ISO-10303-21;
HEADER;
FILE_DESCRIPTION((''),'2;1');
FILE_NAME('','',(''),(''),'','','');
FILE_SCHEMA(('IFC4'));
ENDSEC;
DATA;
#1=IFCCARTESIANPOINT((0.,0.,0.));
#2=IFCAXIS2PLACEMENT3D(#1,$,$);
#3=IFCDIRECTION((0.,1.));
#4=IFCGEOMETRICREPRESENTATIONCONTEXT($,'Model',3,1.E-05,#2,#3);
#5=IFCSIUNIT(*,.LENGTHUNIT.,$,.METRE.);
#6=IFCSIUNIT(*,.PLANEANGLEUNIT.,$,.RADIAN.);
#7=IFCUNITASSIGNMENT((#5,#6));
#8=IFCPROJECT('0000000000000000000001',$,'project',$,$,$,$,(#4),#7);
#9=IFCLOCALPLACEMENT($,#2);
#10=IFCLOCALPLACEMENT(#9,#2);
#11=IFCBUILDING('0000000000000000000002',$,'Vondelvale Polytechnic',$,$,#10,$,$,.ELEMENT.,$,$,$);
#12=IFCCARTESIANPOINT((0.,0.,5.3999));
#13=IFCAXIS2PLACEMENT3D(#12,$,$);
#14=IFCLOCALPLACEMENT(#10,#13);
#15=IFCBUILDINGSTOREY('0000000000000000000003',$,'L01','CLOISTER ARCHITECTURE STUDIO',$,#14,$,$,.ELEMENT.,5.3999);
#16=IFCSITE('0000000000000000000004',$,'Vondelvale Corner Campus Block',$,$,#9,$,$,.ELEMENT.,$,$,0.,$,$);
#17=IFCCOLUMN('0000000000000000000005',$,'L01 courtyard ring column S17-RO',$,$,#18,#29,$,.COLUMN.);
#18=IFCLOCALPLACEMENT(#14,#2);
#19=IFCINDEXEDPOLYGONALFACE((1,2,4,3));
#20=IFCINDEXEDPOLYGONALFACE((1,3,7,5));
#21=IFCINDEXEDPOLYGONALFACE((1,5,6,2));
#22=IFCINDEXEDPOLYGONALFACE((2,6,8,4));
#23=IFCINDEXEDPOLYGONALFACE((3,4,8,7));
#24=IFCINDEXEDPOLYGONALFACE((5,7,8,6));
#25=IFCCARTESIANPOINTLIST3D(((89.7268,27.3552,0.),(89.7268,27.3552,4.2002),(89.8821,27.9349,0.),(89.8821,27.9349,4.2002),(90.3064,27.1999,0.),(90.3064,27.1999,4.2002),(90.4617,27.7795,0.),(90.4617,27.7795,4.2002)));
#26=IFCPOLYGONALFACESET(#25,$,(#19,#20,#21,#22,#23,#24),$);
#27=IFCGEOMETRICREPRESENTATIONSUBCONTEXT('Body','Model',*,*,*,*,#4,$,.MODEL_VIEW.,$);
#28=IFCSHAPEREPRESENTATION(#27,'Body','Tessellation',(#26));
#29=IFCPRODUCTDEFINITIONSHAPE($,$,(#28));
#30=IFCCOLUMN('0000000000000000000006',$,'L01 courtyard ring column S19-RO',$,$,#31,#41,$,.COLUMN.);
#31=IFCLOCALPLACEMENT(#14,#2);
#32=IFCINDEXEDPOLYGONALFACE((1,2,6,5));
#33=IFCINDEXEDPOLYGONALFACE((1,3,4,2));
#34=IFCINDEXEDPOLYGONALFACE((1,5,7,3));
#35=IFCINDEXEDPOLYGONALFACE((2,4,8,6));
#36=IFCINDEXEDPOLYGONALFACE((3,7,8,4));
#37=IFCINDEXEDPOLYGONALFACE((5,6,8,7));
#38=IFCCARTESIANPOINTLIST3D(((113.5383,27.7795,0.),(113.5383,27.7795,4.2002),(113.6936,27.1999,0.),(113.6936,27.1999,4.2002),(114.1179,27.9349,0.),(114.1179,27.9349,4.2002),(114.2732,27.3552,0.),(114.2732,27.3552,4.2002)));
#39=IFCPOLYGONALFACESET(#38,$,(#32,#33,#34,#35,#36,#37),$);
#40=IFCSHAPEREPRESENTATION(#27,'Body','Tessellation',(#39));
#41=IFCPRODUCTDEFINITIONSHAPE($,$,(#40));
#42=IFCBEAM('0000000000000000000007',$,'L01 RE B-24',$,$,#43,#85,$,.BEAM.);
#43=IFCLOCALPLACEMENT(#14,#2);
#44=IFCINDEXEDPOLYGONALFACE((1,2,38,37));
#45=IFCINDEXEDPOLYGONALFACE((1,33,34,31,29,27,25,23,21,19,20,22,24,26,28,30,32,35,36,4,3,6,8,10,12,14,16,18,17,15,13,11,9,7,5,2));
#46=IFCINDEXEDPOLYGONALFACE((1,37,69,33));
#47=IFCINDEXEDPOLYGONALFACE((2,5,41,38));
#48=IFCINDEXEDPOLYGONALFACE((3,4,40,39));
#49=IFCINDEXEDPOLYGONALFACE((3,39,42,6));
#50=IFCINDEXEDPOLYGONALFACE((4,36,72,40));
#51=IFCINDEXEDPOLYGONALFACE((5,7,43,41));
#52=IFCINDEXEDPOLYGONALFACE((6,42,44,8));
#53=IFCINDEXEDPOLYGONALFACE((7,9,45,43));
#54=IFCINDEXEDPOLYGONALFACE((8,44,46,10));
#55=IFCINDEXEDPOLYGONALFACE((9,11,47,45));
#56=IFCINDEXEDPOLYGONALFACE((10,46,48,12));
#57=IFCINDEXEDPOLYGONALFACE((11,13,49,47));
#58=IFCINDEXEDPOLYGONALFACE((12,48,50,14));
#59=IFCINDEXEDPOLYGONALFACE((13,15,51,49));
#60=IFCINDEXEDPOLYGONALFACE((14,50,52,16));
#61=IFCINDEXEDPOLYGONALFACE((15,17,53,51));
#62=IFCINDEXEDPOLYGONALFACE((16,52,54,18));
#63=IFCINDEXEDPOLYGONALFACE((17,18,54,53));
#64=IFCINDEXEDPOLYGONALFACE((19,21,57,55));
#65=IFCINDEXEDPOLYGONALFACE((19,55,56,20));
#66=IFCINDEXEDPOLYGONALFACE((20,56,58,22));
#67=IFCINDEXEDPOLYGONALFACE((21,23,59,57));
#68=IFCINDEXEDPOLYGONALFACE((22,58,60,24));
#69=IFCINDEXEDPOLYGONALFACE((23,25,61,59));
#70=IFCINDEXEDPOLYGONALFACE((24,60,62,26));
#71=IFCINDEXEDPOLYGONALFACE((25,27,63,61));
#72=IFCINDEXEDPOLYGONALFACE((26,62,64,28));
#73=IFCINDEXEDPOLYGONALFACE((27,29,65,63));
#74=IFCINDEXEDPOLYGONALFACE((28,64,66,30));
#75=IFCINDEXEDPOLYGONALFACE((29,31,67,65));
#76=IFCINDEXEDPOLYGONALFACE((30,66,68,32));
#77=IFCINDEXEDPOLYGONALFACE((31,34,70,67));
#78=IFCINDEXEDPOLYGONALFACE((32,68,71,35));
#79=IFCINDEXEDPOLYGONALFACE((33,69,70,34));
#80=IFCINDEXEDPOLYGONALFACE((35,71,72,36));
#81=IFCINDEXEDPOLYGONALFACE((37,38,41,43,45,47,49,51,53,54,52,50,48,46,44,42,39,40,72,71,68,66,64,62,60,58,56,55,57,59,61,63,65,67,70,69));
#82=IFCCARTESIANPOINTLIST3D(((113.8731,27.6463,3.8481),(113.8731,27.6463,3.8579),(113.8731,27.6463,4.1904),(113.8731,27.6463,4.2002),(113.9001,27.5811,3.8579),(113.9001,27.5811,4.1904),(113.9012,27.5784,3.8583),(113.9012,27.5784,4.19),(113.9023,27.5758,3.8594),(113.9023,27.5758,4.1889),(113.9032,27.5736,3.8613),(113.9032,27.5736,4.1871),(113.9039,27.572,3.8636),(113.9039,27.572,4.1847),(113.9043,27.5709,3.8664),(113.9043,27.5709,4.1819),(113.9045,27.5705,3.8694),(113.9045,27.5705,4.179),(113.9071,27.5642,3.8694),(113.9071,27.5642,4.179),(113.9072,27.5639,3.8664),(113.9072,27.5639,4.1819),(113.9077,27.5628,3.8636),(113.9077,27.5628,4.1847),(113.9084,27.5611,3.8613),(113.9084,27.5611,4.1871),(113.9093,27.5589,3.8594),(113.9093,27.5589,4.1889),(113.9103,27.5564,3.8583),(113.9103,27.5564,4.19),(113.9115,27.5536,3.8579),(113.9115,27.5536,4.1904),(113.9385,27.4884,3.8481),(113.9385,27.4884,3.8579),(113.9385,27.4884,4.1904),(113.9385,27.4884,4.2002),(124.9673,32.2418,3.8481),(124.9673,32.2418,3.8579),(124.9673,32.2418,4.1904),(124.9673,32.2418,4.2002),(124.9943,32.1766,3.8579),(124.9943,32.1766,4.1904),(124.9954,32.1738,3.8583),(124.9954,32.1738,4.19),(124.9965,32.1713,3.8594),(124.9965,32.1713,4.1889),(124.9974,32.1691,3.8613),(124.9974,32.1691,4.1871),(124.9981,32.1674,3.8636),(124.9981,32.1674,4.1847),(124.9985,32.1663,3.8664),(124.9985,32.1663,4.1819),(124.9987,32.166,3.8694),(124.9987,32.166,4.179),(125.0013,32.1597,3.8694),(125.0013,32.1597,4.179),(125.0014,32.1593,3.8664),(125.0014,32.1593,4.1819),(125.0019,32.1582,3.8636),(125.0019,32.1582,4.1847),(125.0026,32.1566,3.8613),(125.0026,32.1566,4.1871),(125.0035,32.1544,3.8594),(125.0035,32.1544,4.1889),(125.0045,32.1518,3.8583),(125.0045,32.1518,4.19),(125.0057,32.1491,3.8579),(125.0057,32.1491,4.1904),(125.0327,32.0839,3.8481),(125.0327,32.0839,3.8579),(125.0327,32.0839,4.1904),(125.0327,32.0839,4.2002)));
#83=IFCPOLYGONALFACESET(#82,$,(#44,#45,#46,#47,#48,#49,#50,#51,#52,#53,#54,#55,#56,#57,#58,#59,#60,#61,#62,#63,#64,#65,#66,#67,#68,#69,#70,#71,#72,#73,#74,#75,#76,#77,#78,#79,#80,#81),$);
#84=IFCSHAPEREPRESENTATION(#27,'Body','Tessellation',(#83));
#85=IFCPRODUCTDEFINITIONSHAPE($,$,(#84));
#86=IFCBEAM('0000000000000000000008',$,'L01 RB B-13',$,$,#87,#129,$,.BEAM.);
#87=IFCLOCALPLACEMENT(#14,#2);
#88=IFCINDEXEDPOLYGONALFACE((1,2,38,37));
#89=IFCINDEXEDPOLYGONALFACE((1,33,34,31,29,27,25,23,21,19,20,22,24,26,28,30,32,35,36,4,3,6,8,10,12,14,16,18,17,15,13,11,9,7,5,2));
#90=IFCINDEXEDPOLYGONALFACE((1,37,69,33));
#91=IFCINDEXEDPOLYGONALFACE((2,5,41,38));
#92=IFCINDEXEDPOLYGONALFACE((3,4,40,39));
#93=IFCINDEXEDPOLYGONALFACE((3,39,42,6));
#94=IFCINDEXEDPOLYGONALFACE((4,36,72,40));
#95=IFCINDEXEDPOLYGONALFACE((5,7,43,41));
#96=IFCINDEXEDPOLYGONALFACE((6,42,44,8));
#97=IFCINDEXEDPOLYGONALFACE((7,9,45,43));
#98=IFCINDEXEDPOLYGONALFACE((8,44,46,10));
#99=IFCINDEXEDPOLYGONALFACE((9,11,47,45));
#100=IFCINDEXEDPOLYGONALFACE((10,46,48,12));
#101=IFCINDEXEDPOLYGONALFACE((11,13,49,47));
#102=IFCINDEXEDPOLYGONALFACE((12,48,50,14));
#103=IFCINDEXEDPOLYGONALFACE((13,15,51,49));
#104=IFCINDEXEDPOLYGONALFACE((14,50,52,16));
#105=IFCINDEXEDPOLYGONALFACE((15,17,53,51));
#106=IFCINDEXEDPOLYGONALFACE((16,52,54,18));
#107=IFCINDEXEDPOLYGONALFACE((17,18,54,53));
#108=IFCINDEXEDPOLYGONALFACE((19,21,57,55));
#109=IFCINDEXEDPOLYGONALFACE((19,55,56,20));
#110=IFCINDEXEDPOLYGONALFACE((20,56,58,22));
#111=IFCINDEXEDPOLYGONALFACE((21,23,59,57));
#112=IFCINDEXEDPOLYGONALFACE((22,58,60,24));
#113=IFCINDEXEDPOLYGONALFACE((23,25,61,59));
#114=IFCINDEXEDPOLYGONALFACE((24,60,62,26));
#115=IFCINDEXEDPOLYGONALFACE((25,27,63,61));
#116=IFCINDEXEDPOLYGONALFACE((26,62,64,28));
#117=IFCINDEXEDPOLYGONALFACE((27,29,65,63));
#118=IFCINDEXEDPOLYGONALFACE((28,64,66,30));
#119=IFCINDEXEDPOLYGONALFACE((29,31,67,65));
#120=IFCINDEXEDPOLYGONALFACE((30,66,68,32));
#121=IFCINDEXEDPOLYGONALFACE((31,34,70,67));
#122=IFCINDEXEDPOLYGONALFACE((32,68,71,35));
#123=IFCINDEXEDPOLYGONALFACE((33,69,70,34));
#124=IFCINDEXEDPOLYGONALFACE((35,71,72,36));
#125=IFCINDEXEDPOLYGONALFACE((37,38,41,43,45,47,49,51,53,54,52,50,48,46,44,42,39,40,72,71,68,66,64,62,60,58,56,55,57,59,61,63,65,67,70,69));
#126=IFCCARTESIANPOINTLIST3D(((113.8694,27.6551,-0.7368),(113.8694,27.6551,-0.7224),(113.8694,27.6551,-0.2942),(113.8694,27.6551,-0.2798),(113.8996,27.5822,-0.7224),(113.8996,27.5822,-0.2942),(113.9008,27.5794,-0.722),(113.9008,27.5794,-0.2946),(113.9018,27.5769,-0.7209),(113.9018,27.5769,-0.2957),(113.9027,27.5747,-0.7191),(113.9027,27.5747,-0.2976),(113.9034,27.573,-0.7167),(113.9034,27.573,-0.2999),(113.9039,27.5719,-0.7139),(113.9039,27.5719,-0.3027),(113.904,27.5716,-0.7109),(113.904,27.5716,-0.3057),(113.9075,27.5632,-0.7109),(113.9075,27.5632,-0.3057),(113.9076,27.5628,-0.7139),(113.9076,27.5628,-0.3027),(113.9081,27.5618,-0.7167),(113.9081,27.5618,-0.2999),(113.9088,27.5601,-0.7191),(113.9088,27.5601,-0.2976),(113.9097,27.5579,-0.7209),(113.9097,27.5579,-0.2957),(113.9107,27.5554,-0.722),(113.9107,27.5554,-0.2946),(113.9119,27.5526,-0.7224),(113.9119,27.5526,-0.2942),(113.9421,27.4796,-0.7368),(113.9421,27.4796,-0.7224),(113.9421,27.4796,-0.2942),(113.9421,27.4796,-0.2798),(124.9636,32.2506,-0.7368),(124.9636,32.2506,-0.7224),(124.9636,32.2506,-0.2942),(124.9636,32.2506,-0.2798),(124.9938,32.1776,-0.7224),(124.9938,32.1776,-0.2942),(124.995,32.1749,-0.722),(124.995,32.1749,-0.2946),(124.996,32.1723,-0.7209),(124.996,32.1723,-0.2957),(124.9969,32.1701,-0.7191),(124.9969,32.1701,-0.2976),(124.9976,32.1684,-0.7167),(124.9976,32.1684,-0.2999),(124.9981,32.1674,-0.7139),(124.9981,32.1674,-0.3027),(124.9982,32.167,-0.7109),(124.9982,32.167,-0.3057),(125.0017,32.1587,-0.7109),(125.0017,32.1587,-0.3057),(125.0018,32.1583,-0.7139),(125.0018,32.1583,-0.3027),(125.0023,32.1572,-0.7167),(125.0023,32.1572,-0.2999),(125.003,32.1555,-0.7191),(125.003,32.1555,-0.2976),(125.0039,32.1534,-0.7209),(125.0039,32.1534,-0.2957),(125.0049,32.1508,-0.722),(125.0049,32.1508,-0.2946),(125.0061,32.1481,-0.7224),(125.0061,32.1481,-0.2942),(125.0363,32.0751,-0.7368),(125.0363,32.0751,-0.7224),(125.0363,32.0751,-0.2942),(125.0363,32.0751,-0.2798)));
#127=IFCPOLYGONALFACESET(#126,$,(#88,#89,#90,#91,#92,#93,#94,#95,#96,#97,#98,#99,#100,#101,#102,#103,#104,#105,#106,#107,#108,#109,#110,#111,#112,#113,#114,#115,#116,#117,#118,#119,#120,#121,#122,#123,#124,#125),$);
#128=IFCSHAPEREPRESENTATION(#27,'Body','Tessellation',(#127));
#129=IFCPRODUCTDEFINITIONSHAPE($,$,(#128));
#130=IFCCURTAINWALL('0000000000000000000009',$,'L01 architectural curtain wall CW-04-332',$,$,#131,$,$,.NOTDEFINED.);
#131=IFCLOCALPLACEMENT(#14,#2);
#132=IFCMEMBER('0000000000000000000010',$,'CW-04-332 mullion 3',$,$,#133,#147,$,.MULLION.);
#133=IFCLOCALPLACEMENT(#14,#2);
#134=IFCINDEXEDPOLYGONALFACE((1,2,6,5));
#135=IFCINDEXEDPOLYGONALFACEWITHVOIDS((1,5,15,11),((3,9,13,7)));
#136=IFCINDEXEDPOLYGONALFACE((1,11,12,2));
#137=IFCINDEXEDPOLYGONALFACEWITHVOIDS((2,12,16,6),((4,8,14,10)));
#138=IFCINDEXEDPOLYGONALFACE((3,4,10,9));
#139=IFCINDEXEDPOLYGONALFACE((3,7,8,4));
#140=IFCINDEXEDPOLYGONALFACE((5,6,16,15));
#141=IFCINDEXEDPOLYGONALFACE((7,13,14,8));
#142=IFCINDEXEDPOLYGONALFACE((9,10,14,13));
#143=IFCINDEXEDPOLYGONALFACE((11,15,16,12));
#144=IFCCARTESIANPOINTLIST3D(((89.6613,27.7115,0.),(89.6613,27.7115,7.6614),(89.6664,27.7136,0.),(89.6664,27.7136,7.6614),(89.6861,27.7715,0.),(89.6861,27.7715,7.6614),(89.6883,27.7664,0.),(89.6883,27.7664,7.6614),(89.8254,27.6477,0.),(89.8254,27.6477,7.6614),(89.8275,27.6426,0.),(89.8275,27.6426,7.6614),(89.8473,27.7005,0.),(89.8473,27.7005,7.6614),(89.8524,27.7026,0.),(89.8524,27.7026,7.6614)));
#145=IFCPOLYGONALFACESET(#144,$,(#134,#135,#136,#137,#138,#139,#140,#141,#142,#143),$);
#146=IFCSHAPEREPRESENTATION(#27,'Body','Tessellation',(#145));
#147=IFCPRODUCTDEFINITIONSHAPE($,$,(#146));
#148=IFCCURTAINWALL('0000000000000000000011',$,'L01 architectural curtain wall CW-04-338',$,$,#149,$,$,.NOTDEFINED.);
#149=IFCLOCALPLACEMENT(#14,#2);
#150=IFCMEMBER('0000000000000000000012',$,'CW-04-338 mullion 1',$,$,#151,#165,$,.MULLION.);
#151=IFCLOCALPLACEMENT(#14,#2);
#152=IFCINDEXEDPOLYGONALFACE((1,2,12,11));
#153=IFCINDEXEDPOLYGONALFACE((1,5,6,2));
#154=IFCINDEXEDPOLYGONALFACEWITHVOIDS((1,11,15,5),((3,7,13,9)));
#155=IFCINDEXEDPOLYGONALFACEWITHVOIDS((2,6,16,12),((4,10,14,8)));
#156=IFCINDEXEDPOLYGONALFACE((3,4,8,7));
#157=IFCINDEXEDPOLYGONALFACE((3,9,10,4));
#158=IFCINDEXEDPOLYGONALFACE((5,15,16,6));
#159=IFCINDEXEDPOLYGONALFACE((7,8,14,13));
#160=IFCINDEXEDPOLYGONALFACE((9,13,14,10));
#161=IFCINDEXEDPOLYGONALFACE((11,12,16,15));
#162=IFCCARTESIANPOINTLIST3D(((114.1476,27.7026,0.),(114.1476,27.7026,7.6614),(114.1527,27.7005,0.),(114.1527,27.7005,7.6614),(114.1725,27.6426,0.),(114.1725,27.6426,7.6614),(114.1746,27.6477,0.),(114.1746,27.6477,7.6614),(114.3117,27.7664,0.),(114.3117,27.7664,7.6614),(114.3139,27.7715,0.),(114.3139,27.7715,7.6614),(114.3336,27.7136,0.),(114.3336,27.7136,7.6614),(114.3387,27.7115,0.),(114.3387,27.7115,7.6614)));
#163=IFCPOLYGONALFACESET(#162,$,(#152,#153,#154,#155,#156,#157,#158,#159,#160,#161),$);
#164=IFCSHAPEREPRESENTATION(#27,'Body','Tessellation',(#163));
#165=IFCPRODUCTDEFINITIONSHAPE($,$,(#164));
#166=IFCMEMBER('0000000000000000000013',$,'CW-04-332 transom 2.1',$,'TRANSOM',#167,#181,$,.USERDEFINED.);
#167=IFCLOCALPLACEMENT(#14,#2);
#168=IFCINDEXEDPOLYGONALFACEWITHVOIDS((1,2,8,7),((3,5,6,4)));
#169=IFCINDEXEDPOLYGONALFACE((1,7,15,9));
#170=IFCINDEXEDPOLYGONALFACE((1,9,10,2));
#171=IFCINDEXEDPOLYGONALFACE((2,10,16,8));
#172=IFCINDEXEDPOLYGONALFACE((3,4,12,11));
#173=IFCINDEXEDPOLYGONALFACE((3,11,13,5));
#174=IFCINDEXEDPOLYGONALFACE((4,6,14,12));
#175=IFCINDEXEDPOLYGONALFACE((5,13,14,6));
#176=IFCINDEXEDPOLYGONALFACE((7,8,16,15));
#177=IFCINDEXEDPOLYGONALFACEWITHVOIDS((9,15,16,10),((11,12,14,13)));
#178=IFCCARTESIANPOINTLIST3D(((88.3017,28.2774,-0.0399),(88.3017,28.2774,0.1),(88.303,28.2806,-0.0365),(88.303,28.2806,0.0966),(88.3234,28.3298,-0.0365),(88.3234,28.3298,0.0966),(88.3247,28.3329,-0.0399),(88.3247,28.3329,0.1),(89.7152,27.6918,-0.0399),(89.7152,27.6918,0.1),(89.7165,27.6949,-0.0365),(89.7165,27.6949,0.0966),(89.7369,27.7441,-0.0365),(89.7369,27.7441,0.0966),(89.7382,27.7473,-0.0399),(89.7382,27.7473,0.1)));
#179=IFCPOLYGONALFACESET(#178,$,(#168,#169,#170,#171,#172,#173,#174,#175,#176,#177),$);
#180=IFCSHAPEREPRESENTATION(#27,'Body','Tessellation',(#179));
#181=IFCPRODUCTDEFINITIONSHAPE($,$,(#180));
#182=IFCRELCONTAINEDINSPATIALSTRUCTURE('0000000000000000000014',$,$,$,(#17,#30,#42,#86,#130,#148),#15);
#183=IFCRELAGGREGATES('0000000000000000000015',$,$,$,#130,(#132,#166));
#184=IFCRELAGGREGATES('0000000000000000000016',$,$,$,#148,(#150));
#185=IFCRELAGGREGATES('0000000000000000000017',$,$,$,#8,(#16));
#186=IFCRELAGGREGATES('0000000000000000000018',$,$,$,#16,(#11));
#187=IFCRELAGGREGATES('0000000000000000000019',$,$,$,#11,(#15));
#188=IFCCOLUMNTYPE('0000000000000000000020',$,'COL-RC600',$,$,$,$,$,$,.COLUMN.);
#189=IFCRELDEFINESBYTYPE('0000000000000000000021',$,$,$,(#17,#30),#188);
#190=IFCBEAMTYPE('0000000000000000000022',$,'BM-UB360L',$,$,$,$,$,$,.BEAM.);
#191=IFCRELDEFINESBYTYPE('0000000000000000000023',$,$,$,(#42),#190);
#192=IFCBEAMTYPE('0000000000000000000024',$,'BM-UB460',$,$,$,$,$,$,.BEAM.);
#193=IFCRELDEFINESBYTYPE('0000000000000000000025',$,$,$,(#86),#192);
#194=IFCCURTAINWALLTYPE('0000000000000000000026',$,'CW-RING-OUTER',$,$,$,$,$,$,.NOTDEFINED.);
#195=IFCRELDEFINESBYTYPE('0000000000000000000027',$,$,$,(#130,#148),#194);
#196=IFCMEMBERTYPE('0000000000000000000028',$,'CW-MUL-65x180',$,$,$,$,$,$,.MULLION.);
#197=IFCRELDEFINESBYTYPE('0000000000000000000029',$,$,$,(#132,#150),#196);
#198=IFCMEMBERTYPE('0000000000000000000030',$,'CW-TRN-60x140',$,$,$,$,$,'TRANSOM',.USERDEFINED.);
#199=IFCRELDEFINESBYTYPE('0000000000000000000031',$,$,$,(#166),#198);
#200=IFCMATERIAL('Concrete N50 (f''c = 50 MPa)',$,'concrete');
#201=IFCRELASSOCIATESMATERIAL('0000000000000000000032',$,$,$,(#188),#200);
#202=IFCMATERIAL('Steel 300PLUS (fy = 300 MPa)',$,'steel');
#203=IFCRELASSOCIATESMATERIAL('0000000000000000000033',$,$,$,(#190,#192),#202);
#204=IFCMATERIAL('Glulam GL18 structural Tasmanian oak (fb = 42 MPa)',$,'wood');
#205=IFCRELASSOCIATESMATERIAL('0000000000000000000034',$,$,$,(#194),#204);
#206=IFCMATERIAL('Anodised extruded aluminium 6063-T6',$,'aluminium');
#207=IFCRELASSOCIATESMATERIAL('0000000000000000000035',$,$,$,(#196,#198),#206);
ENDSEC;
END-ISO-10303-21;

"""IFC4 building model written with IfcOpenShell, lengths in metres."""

from ifc_helpers import new_model, si_unit, direction, frame, origin, origin_2d, place, context, subcontext, project, spatial, rectangle, hollow_rectangle, i_section, extrude, material, material_profile, profile_set, type_object, element, aggregate, save


model = new_model("IFC4")

# Units and contexts
model_context = context("Model", 3, precision=1e-05, world=origin(), true_north=direction((0.0, 1.0)))
body_context = subcontext(model_context, "Body", "Model", "MODEL_VIEW")
ifc_project = project(units=[si_unit("LENGTHUNIT", "METRE"), si_unit("PLANEANGLEUNIT", "RADIAN")], contexts=[model_context])

# Site, building, storey
site_placement = place(None, origin())
site = spatial("IfcSite", under=ifc_project, at=site_placement, Name="Vondelvale Corner Campus Block", CompositionType="ELEMENT", RefElevation=0.0)
building_placement = place(site_placement, origin())
building = spatial("IfcBuilding", under=site, at=building_placement, Name="Vondelvale Polytechnic", CompositionType="ELEMENT")
storey_placement = place(building_placement, frame((0.0, 0.0, 5.3999)))
storey = spatial("IfcBuildingStorey", under=building, at=storey_placement, Name="L01", Description="CLOISTER ARCHITECTURE STUDIO", CompositionType="ELEMENT", Elevation=5.3999)

# Columns
ifc_material_1 = material(Name="Concrete N50 (f'c = 50 MPa)", Category="concrete")
ifc_material_profile_1 = material_profile(ifc_material_1, rectangle(XDim=0.6001, YDim=0.6001, at=origin_2d()), Name="RC-COL-600x600")
ifc_profile_set_1 = profile_set([ifc_material_profile_1], Name="Concrete N50 (f'c = 50 MPa)")
column_type = type_object("IfcColumnType", Name="COL-RC600", PredefinedType="COLUMN", material=ifc_profile_set_1)
for number, where, z_axis, x_axis, name in (
    (1, (90.0942, 27.5674, 0.0), (0.0, 0.0, 1.0), (0.258819, 0.965926, 0.0), "L01 courtyard ring column S17-RO"),
    (2, (113.9058, 27.5674, 0.0), (0.0, 0.0, 1.0), (-0.258819, 0.965926, 0.0), "L01 courtyard ring column S19-RO"),
):
    element("IfcColumn", number, at=place(storey_placement, frame(where, z_axis=z_axis, x_axis=x_axis)), inside=storey, type_object=column_type, Name=name, PredefinedType="COLUMN", context=body_context, shape_type="SweptSolid", body=[
        extrude(rectangle(XDim=0.6001, YDim=0.6001, at=origin_2d()), origin(), (0.0, 0.0, 1.0), 4.2002),
    ])

# Beams
ifc_material_2 = material(Name="Steel 300PLUS (fy = 300 MPa)", Category="steel")
ifc_material_profile_2 = material_profile(ifc_material_2, i_section(OverallWidth=0.1709, OverallDepth=0.3521, WebThickness=0.0068, FlangeThickness=0.0098, FilletRadius=0.0115, at=origin_2d()), Name="360UB44.7")
ifc_profile_set_2 = profile_set([ifc_material_profile_2], Name="Steel 300PLUS (fy = 300 MPa)")
beam_type_1 = type_object("IfcBeamType", Name="BM-UB360L", PredefinedType="BEAM", material=ifc_profile_set_2)
beam_1_placement = place(storey_placement, frame((113.9058, 27.5674, 4.0242), z_axis=(0.923877, 0.382689, 0.0), x_axis=(-0.382689, 0.923877, 0.0)))
element("IfcBeam", 3, at=beam_1_placement, inside=storey, type_object=beam_type_1, Name="L01 RE B-24", PredefinedType="BEAM", context=body_context, shape_type="SweptSolid", body=[
    extrude(i_section(OverallWidth=0.1709, OverallDepth=0.3521, WebThickness=0.0068, FlangeThickness=0.0098, FilletRadius=0.0115, at=origin_2d()), origin(), (0.0, 0.0, 1.0), 12.0083),
])
ifc_material_profile_3 = material_profile(ifc_material_2, i_section(OverallWidth=0.1899, OverallDepth=0.457, WebThickness=0.009, FlangeThickness=0.0144, FilletRadius=0.0115, at=origin_2d()), Name="460UB74.6")
ifc_profile_set_3 = profile_set([ifc_material_profile_3], Name="Steel 300PLUS (fy = 300 MPa)")
beam_type_2 = type_object("IfcBeamType", Name="BM-UB460", PredefinedType="BEAM", material=ifc_profile_set_3)
beam_2_placement = place(storey_placement, frame((113.9058, 27.5674, -0.5083), z_axis=(0.923877, 0.382689, 0.0), x_axis=(-0.382689, 0.923877, 0.0)))
element("IfcBeam", 4, at=beam_2_placement, inside=storey, type_object=beam_type_2, Name="L01 RB B-13", PredefinedType="BEAM", context=body_context, shape_type="SweptSolid", body=[
    extrude(i_section(OverallWidth=0.1899, OverallDepth=0.457, WebThickness=0.009, FlangeThickness=0.0144, FilletRadius=0.0115, at=origin_2d()), origin(), (0.0, 0.0, 1.0), 12.0083),
])

# Curtain walls, members
ifc_material_3 = material(Name="Glulam GL18 structural Tasmanian oak (fb = 42 MPa)", Category="wood")
curtain_wall_type = type_object("IfcCurtainWallType", Name="CW-RING-OUTER", PredefinedType="NOTDEFINED", material=ifc_material_3)
curtain_wall_1_placement = place(storey_placement, origin())
curtain_wall_1 = element("IfcCurtainWall", 5, at=curtain_wall_1_placement, inside=storey, type_object=curtain_wall_type, Name="L01 architectural curtain wall CW-04-332", PredefinedType="NOTDEFINED")
ifc_material_4 = material(Name="Anodised extruded aluminium 6063-T6", Category="aluminium")
ifc_material_profile_4 = material_profile(ifc_material_4, hollow_rectangle(XDim=0.0649, YDim=0.1799, WallThickness=0.0039, at=origin_2d()), Name="CW-MUL-180x65")
ifc_profile_set_4 = profile_set([ifc_material_profile_4], Name="Anodised extruded aluminium 6063-T6")
member_type_1 = type_object("IfcMemberType", Name="CW-MUL-65x180", PredefinedType="MULLION", material=ifc_profile_set_4)
member_1_placement = place(storey_placement, frame((89.7568, 27.707, 0.0), z_axis=(0.0, 0.0, 1.0), x_axis=(0.382677, 0.923882, 0.0)))
member_1 = element("IfcMember", 6, at=member_1_placement, type_object=member_type_1, Name="CW-04-332 mullion 3", PredefinedType="MULLION", context=body_context, shape_type="SweptSolid", body=[
    extrude(hollow_rectangle(XDim=0.0649, YDim=0.1799, WallThickness=0.0039, at=origin_2d()), origin(), (0.0, 0.0, 1.0), 7.6614),
])
curtain_wall_2_placement = place(storey_placement, origin())
curtain_wall_2 = element("IfcCurtainWall", 7, at=curtain_wall_2_placement, inside=storey, type_object=curtain_wall_type, Name="L01 architectural curtain wall CW-04-338", PredefinedType="NOTDEFINED")
member_2_placement = place(storey_placement, frame((114.2432, 27.707, 0.0), z_axis=(0.0, 0.0, 1.0), x_axis=(-0.382677, 0.923882, 0.0)))
member_2 = element("IfcMember", 8, at=member_2_placement, type_object=member_type_1, Name="CW-04-338 mullion 1", PredefinedType="MULLION", context=body_context, shape_type="SweptSolid", body=[
    extrude(hollow_rectangle(XDim=0.0649, YDim=0.1799, WallThickness=0.0039, at=origin_2d()), origin(), (0.0, 0.0, 1.0), 7.6614),
])

# Member
ifc_material_profile_5 = material_profile(ifc_material_4, hollow_rectangle(XDim=0.0601, YDim=0.1399, WallThickness=0.0034, at=origin_2d()), Name="CW-TRN-140x60")
ifc_profile_set_5 = profile_set([ifc_material_profile_5], Name="Anodised extruded aluminium 6063-T6")
member_type_2 = type_object("IfcMemberType", Name="CW-TRN-60x140", ElementType="TRANSOM", PredefinedType="USERDEFINED", material=ifc_profile_set_5)
member_3_placement = place(storey_placement, frame((88.3132, 28.3052, 0.03), z_axis=(0.92384, -0.382779, 0.0), x_axis=(0.382779, 0.92384, 0.0)))
member_3 = element("IfcMember", 9, at=member_3_placement, type_object=member_type_2, Name="CW-04-332 transom 2.1", ObjectType="TRANSOM", PredefinedType="USERDEFINED", context=body_context, shape_type="SweptSolid", body=[
    extrude(hollow_rectangle(XDim=0.0601, YDim=0.1399, WallThickness=0.0034, at=origin_2d()), origin(), (0.0, 0.0, 1.0), 1.53),
])

aggregate(curtain_wall_1, [member_1, member_3])
aggregate(curtain_wall_2, [member_2])

save(model, "model.ifc")
